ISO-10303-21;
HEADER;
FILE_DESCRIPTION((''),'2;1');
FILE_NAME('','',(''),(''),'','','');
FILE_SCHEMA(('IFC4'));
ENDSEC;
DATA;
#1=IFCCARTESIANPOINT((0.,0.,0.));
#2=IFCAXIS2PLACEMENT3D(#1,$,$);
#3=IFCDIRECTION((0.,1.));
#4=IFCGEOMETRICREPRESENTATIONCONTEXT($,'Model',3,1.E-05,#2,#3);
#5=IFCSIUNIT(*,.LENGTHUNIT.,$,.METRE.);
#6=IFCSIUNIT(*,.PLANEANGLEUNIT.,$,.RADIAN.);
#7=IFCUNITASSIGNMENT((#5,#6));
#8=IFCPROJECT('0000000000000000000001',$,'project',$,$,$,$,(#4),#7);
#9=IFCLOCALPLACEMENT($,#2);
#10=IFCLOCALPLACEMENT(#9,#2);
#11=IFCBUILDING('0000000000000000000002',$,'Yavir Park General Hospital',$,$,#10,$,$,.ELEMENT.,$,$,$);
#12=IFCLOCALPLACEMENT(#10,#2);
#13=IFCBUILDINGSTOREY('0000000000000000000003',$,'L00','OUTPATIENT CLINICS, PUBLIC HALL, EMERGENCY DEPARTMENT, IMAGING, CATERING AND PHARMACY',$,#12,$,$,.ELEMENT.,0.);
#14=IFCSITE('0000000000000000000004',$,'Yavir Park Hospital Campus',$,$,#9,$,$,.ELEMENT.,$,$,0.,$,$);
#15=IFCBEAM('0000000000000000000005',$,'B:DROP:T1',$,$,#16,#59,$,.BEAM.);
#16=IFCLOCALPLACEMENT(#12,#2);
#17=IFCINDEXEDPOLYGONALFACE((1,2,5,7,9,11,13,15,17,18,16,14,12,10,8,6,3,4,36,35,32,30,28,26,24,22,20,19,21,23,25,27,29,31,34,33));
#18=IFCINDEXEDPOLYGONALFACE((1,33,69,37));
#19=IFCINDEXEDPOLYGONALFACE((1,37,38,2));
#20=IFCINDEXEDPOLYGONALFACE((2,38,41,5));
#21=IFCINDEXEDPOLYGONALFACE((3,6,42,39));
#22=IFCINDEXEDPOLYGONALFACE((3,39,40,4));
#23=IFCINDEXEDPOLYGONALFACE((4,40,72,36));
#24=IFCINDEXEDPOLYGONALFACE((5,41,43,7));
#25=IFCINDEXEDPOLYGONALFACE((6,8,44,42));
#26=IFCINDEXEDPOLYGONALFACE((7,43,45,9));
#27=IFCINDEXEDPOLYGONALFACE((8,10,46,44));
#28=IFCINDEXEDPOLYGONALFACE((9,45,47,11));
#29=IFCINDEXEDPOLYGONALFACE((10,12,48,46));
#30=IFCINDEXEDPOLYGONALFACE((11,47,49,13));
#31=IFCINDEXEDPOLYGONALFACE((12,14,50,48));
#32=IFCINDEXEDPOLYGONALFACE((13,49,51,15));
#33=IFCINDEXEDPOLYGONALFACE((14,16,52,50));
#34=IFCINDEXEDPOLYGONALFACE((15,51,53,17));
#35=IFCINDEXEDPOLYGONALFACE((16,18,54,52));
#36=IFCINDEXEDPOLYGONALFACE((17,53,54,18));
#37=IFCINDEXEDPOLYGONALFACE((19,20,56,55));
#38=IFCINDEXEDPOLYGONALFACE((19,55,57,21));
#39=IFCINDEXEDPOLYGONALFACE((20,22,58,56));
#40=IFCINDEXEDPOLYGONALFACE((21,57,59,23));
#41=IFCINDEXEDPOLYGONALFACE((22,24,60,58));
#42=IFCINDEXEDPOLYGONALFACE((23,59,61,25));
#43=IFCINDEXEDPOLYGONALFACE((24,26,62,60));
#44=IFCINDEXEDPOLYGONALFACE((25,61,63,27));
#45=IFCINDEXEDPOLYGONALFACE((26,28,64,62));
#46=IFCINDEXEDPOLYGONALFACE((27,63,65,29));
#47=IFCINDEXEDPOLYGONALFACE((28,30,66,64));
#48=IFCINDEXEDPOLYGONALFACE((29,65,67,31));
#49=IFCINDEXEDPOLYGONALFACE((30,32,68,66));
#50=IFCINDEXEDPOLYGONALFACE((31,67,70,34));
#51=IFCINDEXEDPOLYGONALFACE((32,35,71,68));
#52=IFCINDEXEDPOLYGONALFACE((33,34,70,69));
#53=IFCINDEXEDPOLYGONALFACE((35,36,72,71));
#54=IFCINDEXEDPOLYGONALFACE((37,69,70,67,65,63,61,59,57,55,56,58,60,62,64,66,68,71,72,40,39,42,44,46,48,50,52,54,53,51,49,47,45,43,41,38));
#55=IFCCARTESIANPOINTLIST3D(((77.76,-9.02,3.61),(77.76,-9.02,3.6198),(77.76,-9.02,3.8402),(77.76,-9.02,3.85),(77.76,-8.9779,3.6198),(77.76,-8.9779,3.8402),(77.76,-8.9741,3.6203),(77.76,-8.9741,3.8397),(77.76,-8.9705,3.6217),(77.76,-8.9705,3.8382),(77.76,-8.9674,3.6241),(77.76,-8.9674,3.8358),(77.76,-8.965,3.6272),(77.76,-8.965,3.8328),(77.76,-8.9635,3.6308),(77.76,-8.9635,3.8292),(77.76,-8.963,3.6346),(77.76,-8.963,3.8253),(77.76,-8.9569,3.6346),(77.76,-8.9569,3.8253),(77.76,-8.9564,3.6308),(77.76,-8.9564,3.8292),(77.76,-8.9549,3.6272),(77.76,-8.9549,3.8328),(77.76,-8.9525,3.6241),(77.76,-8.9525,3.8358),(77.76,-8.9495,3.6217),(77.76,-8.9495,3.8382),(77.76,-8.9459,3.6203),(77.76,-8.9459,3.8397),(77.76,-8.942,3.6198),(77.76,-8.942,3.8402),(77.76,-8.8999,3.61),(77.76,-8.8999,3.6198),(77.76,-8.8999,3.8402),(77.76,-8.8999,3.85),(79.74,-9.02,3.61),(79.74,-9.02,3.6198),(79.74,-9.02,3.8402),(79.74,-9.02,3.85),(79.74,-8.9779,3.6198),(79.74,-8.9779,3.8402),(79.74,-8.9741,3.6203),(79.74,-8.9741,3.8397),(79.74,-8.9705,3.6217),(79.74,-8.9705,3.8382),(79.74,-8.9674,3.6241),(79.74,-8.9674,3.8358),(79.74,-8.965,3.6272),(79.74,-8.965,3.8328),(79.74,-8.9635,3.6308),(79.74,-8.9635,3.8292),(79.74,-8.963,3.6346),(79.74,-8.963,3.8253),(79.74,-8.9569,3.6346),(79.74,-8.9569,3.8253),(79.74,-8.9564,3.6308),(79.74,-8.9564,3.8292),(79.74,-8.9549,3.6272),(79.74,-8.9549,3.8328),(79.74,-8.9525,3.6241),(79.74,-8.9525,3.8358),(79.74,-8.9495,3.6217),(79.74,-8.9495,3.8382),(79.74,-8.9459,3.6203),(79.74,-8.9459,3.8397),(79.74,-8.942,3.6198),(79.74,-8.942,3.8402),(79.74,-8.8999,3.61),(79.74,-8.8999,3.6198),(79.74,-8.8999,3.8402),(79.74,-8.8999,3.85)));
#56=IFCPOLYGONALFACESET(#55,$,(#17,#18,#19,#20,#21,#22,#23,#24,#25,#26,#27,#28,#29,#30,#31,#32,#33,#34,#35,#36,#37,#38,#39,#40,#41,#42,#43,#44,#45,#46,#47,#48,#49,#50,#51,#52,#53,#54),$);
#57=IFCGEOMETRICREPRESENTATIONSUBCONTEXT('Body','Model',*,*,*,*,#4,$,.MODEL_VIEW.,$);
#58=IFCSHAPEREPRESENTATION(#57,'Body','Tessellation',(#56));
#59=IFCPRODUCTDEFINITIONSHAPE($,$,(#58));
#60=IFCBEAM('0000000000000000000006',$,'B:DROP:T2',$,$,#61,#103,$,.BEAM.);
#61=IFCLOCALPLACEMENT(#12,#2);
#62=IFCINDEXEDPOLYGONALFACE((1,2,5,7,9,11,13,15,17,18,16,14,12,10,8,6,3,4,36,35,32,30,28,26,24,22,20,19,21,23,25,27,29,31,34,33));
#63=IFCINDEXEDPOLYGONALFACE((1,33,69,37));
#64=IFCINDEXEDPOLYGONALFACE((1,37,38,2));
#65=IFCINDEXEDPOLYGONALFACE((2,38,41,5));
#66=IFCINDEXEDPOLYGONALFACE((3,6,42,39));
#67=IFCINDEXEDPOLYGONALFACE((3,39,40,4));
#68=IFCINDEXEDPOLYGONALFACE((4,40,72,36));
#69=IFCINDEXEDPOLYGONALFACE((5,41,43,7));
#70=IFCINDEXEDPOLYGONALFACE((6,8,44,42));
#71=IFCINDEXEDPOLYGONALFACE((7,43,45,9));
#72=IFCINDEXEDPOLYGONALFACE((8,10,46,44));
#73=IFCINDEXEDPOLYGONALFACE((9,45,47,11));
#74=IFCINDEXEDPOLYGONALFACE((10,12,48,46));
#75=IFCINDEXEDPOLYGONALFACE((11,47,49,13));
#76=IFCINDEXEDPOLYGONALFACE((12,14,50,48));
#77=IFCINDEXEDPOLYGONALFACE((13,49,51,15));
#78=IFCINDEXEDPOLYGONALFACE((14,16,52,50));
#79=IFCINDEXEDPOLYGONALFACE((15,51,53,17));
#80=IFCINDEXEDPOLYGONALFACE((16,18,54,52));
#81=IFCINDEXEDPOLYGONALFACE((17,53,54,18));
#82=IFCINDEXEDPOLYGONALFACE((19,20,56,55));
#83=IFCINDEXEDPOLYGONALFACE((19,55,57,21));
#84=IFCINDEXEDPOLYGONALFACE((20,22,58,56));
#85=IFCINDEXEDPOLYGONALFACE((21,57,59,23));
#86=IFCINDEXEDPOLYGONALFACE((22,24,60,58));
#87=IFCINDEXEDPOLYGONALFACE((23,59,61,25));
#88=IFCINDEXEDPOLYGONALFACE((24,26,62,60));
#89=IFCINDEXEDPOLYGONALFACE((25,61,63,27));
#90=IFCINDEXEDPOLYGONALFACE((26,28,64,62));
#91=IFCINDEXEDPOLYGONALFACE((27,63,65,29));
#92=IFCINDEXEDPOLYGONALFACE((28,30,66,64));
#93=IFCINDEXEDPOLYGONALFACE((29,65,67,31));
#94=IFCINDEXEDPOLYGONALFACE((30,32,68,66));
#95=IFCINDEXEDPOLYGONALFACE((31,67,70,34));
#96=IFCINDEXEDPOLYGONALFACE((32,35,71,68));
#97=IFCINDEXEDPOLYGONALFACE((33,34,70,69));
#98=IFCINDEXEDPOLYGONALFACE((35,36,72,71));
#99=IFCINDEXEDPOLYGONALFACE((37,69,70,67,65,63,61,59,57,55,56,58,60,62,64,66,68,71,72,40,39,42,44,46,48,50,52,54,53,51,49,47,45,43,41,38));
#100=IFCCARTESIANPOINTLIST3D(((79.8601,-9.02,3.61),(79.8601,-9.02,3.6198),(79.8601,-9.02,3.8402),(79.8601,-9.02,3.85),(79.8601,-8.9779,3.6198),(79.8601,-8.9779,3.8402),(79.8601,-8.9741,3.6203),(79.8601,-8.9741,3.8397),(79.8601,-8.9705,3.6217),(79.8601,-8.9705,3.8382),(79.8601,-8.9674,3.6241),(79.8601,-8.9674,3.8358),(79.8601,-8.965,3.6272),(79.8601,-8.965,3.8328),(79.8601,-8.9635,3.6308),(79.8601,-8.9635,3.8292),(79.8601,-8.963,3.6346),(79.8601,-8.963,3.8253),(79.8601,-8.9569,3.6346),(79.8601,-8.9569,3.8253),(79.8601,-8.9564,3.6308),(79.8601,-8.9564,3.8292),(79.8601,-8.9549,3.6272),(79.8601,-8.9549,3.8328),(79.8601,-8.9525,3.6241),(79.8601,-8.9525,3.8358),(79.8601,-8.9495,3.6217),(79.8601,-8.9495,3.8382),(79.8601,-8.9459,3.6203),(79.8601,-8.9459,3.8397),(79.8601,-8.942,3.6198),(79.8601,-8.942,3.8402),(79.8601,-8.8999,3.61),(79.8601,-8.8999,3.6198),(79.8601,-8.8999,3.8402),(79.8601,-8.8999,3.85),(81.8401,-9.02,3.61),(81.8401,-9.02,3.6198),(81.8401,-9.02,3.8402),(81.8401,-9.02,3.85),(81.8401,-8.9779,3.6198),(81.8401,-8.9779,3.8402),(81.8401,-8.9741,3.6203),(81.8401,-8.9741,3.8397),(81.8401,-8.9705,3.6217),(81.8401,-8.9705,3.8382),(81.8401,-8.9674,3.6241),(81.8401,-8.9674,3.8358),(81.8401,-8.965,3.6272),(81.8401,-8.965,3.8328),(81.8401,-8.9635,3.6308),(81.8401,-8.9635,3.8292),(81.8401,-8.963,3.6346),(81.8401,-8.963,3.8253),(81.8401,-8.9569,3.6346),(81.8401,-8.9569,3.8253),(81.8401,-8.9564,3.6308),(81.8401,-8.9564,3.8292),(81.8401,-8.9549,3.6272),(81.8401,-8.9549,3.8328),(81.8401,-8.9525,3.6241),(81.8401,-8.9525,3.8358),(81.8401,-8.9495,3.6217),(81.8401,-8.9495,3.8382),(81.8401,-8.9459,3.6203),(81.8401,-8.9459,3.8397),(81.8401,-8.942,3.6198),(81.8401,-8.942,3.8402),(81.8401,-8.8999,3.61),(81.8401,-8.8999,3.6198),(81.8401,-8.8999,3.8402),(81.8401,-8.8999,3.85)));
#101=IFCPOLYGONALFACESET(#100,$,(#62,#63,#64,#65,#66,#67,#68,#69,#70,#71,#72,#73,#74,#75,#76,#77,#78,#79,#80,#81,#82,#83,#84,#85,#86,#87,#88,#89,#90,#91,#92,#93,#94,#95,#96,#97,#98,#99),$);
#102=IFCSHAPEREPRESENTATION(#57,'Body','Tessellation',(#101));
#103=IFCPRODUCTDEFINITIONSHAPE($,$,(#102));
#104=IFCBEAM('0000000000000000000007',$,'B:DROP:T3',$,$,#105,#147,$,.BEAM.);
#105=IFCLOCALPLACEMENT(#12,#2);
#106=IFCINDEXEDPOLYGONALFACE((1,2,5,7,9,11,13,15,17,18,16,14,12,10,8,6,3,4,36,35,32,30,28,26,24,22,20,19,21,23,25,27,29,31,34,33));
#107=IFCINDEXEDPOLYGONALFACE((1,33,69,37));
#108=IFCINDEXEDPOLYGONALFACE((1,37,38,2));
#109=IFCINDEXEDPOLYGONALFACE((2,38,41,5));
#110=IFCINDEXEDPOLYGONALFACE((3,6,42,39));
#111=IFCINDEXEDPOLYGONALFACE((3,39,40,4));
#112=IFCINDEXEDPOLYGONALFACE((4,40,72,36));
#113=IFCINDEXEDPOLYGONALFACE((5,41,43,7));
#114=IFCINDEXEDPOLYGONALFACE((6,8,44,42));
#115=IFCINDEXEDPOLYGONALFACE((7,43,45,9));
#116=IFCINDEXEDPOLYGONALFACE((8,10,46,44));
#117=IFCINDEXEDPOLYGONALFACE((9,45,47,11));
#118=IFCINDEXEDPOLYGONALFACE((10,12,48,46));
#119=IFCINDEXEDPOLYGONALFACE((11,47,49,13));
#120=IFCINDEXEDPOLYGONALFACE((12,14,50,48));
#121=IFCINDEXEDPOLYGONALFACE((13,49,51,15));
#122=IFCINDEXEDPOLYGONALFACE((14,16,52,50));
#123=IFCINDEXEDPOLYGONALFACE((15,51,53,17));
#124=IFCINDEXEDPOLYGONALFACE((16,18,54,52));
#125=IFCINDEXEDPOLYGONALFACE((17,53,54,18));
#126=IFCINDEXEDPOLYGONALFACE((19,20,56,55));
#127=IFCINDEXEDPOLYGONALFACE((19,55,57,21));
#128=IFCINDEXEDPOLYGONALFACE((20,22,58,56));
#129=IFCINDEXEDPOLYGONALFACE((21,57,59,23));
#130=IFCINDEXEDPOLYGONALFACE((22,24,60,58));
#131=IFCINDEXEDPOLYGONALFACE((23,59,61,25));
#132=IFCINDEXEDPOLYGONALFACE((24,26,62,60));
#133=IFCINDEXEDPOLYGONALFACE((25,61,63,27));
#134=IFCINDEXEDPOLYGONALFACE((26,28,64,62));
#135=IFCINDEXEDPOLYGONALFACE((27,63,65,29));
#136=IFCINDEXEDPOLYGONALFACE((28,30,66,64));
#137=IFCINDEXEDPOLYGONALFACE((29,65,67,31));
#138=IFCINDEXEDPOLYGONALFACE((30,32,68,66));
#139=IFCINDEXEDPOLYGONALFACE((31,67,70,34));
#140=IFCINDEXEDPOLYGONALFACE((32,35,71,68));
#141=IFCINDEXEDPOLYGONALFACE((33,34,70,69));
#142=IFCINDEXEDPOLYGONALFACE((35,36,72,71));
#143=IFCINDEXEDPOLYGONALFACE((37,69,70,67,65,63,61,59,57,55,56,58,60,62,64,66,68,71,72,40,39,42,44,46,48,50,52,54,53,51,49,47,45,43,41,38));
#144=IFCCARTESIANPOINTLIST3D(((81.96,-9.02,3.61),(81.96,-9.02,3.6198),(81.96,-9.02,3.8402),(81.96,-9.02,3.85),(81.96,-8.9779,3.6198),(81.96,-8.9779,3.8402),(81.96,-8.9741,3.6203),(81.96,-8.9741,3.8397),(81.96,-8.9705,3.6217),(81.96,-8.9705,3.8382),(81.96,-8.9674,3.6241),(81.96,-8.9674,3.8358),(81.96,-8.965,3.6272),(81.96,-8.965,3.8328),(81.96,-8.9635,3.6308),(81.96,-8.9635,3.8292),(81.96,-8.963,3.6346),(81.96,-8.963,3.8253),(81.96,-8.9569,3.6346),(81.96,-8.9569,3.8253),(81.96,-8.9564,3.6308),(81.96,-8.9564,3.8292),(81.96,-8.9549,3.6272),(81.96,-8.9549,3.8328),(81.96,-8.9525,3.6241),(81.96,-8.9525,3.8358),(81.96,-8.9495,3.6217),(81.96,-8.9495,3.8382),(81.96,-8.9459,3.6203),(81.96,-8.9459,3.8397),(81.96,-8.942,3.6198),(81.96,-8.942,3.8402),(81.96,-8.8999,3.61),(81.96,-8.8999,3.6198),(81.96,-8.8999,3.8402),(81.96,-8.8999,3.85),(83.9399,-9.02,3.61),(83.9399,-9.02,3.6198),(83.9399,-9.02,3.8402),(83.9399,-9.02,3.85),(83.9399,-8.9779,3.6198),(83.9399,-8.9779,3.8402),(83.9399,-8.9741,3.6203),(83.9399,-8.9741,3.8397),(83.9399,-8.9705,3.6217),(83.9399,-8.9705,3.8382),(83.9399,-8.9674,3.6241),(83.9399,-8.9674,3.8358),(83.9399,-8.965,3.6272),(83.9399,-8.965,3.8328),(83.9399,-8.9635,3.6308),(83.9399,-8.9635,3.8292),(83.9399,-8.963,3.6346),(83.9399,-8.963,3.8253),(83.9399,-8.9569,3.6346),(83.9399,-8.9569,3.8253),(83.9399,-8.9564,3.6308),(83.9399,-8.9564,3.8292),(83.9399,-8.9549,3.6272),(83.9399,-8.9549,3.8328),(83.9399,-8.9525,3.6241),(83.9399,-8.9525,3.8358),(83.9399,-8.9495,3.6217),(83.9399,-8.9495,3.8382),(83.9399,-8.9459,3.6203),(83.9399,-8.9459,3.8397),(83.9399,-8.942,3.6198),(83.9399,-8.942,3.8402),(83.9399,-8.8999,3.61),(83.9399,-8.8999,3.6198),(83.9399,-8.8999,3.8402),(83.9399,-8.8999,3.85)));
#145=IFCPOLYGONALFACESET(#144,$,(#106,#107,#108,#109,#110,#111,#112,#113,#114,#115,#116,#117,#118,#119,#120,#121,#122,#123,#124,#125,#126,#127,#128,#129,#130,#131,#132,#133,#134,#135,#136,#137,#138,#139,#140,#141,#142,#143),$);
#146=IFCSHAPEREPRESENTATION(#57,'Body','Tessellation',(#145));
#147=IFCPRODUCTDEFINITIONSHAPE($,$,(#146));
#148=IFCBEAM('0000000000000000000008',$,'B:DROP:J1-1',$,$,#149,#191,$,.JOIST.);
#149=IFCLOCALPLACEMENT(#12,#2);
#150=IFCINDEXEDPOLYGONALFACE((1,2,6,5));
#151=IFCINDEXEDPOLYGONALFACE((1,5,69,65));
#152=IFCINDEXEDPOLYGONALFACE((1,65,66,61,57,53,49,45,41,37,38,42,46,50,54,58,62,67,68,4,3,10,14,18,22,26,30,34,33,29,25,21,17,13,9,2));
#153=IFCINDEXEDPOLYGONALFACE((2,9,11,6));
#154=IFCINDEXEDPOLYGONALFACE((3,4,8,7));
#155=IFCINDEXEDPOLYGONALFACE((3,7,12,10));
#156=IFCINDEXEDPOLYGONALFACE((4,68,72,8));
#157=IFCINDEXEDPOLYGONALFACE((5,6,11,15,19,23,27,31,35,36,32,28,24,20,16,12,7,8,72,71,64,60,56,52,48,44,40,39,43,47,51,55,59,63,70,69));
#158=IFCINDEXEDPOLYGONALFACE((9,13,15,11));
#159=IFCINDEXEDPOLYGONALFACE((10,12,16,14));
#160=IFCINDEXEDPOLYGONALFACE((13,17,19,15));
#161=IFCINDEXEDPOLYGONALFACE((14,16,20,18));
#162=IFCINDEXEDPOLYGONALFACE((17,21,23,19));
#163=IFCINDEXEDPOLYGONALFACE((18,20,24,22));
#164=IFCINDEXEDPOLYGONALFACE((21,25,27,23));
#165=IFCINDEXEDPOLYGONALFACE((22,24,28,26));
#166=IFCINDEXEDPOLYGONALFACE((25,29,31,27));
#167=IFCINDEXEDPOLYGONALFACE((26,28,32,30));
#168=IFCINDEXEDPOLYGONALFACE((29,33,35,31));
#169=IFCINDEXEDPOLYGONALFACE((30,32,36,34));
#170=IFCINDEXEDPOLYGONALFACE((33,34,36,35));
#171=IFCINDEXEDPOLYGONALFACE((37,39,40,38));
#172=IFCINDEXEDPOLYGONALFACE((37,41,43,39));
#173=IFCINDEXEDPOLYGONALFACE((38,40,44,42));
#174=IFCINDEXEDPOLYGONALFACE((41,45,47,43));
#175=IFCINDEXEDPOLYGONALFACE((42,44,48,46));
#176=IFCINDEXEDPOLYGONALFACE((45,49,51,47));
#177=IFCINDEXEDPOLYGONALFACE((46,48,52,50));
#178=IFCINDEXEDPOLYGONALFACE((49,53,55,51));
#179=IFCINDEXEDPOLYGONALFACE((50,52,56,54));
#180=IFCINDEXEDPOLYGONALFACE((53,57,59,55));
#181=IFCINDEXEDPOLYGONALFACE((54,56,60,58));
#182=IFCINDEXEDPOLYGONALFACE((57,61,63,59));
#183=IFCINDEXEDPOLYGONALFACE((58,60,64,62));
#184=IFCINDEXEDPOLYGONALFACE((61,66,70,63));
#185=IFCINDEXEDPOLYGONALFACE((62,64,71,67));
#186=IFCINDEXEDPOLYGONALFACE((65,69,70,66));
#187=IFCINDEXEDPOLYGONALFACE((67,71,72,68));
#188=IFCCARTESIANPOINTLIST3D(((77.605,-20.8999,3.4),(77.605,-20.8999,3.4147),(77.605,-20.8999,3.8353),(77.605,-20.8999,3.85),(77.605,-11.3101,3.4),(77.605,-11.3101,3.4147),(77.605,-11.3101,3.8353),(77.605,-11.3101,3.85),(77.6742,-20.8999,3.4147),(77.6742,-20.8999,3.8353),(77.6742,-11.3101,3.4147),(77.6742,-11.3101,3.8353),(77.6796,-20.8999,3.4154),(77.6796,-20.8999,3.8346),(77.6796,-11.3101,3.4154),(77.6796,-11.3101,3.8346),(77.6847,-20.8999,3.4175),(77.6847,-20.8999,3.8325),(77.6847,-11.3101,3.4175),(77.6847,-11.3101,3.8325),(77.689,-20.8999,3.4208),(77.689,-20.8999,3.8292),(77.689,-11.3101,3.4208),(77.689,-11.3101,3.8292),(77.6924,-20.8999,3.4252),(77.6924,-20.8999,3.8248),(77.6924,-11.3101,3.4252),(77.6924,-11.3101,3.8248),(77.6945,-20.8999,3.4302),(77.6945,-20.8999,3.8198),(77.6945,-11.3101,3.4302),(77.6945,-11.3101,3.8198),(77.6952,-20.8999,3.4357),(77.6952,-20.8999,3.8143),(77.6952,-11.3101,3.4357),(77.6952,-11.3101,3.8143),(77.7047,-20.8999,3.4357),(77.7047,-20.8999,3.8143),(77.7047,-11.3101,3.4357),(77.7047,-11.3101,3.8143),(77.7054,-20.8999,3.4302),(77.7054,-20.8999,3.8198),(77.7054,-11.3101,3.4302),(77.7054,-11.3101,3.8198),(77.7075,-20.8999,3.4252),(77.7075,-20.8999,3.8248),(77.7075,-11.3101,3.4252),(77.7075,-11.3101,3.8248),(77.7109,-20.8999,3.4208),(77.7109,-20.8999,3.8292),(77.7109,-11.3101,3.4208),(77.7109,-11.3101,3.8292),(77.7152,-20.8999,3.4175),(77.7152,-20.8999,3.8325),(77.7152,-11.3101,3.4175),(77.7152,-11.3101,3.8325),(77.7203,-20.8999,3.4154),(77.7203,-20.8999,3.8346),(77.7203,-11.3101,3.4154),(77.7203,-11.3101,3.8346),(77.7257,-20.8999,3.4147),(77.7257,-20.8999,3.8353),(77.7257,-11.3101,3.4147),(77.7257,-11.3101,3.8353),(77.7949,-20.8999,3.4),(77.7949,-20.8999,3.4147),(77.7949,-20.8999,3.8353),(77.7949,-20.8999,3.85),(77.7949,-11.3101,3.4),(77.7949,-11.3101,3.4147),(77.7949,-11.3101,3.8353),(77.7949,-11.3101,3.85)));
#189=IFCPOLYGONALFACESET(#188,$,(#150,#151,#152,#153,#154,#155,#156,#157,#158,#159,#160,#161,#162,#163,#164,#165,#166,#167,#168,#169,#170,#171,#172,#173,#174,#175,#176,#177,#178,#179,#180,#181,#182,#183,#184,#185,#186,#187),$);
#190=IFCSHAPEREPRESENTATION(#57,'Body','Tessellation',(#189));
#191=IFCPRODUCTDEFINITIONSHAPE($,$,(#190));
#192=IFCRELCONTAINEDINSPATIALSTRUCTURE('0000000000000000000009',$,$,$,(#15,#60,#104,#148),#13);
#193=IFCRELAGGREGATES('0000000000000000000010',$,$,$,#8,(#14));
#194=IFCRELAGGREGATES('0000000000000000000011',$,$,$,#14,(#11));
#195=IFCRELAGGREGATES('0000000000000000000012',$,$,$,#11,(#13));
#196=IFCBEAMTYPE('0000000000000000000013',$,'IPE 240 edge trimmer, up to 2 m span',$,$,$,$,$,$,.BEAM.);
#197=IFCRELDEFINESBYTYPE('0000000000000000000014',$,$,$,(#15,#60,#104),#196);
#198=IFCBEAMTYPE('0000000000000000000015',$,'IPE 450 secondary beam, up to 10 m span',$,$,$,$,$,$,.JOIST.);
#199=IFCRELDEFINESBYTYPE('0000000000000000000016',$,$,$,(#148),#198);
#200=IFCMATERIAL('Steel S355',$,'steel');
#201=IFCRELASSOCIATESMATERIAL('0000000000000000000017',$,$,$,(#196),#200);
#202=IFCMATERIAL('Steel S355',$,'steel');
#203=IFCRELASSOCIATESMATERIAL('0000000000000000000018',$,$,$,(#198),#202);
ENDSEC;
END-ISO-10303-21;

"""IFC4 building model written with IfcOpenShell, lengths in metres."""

from ifc_helpers import new_model, si_unit, direction, frame, origin, origin_2d, place, context, subcontext, project, spatial, i_section, extrude, material, material_profile, profile_set, type_object, element, save


model = new_model("IFC4")

# Units and contexts
model_context = context("Model", 3, precision=1e-05, world=origin(), true_north=direction((0.0, 1.0)))
body_context = subcontext(model_context, "Body", "Model", "MODEL_VIEW")
ifc_project = project(units=[si_unit("LENGTHUNIT", "METRE"), si_unit("PLANEANGLEUNIT", "RADIAN")], contexts=[model_context])

# Site, building, storey
site_placement = place(None, origin())
site = spatial("IfcSite", under=ifc_project, at=site_placement, Name="Yavir Park Hospital Campus", CompositionType="ELEMENT", RefElevation=0.0)
building_placement = place(site_placement, origin())
building = spatial("IfcBuilding", under=site, at=building_placement, Name="Yavir Park General Hospital", CompositionType="ELEMENT")
storey_placement = place(building_placement, origin())
storey = spatial("IfcBuildingStorey", under=building, at=storey_placement, Name="L00", Description="OUTPATIENT CLINICS, PUBLIC HALL, EMERGENCY DEPARTMENT, IMAGING, CATERING AND PHARMACY", CompositionType="ELEMENT", Elevation=0.0)

# Beams
ifc_material_1 = material(Name="Steel S355", Category="steel")
ifc_material_profile_1 = material_profile(ifc_material_1, i_section(OverallWidth=0.1201, OverallDepth=0.24, WebThickness=0.0061, FlangeThickness=0.0098, FilletRadius=0.0149, at=origin_2d()), Name="IPE240")
ifc_profile_set_1 = profile_set([ifc_material_profile_1], Name="Steel S355")
beam_type_1 = type_object("IfcBeamType", Name="IPE 240 edge trimmer, up to 2 m span", PredefinedType="BEAM", material=ifc_profile_set_1)
for number, where, z_axis, x_axis, name in (
    (1, (77.76, -8.96, 3.73), (1.0, 0.0, 0.0), (0.0, 1.0, 0.0), "B:DROP:T1"),
    (2, (79.8601, -8.96, 3.73), (1.0, 0.0, 0.0), (0.0, 1.0, 0.0), "B:DROP:T2"),
    (3, (81.96, -8.96, 3.73), (1.0, 0.0, 0.0), (0.0, 1.0, 0.0), "B:DROP:T3"),
):
    element("IfcBeam", number, at=place(storey_placement, frame(where, z_axis=z_axis, x_axis=x_axis)), inside=storey, type_object=beam_type_1, Name=name, PredefinedType="BEAM", context=body_context, shape_type="SweptSolid", body=[
        extrude(i_section(OverallWidth=0.1201, OverallDepth=0.24, WebThickness=0.0061, FlangeThickness=0.0098, FilletRadius=0.0149, at=origin_2d()), origin(), (0.0, 0.0, 1.0), 1.98),
    ])
ifc_material_2 = material(Name="Steel S355", Category="steel")
ifc_material_profile_2 = material_profile(ifc_material_2, i_section(OverallWidth=0.1899, OverallDepth=0.45, WebThickness=0.0095, FlangeThickness=0.0146, FilletRadius=0.021, at=origin_2d()), Name="IPE450")
ifc_profile_set_2 = profile_set([ifc_material_profile_2], Name="Steel S355")
beam_type_2 = type_object("IfcBeamType", Name="IPE 450 secondary beam, up to 10 m span", PredefinedType="JOIST", material=ifc_profile_set_2)
for number, where, z_axis, x_axis, name in (
    (4, (77.7, -11.3101, 3.625), (0.0, -1.0, 0.0), (1.0, 0.0, 0.0), "B:DROP:J1-1"),
):
    element("IfcBeam", number, at=place(storey_placement, frame(where, z_axis=z_axis, x_axis=x_axis)), inside=storey, type_object=beam_type_2, Name=name, PredefinedType="JOIST", context=body_context, shape_type="SweptSolid", body=[
        extrude(i_section(OverallWidth=0.1899, OverallDepth=0.45, WebThickness=0.0095, FlangeThickness=0.0146, FilletRadius=0.021, at=origin_2d()), origin(), (0.0, 0.0, 1.0), 9.5898),
    ])

save(model, "model.ifc")
